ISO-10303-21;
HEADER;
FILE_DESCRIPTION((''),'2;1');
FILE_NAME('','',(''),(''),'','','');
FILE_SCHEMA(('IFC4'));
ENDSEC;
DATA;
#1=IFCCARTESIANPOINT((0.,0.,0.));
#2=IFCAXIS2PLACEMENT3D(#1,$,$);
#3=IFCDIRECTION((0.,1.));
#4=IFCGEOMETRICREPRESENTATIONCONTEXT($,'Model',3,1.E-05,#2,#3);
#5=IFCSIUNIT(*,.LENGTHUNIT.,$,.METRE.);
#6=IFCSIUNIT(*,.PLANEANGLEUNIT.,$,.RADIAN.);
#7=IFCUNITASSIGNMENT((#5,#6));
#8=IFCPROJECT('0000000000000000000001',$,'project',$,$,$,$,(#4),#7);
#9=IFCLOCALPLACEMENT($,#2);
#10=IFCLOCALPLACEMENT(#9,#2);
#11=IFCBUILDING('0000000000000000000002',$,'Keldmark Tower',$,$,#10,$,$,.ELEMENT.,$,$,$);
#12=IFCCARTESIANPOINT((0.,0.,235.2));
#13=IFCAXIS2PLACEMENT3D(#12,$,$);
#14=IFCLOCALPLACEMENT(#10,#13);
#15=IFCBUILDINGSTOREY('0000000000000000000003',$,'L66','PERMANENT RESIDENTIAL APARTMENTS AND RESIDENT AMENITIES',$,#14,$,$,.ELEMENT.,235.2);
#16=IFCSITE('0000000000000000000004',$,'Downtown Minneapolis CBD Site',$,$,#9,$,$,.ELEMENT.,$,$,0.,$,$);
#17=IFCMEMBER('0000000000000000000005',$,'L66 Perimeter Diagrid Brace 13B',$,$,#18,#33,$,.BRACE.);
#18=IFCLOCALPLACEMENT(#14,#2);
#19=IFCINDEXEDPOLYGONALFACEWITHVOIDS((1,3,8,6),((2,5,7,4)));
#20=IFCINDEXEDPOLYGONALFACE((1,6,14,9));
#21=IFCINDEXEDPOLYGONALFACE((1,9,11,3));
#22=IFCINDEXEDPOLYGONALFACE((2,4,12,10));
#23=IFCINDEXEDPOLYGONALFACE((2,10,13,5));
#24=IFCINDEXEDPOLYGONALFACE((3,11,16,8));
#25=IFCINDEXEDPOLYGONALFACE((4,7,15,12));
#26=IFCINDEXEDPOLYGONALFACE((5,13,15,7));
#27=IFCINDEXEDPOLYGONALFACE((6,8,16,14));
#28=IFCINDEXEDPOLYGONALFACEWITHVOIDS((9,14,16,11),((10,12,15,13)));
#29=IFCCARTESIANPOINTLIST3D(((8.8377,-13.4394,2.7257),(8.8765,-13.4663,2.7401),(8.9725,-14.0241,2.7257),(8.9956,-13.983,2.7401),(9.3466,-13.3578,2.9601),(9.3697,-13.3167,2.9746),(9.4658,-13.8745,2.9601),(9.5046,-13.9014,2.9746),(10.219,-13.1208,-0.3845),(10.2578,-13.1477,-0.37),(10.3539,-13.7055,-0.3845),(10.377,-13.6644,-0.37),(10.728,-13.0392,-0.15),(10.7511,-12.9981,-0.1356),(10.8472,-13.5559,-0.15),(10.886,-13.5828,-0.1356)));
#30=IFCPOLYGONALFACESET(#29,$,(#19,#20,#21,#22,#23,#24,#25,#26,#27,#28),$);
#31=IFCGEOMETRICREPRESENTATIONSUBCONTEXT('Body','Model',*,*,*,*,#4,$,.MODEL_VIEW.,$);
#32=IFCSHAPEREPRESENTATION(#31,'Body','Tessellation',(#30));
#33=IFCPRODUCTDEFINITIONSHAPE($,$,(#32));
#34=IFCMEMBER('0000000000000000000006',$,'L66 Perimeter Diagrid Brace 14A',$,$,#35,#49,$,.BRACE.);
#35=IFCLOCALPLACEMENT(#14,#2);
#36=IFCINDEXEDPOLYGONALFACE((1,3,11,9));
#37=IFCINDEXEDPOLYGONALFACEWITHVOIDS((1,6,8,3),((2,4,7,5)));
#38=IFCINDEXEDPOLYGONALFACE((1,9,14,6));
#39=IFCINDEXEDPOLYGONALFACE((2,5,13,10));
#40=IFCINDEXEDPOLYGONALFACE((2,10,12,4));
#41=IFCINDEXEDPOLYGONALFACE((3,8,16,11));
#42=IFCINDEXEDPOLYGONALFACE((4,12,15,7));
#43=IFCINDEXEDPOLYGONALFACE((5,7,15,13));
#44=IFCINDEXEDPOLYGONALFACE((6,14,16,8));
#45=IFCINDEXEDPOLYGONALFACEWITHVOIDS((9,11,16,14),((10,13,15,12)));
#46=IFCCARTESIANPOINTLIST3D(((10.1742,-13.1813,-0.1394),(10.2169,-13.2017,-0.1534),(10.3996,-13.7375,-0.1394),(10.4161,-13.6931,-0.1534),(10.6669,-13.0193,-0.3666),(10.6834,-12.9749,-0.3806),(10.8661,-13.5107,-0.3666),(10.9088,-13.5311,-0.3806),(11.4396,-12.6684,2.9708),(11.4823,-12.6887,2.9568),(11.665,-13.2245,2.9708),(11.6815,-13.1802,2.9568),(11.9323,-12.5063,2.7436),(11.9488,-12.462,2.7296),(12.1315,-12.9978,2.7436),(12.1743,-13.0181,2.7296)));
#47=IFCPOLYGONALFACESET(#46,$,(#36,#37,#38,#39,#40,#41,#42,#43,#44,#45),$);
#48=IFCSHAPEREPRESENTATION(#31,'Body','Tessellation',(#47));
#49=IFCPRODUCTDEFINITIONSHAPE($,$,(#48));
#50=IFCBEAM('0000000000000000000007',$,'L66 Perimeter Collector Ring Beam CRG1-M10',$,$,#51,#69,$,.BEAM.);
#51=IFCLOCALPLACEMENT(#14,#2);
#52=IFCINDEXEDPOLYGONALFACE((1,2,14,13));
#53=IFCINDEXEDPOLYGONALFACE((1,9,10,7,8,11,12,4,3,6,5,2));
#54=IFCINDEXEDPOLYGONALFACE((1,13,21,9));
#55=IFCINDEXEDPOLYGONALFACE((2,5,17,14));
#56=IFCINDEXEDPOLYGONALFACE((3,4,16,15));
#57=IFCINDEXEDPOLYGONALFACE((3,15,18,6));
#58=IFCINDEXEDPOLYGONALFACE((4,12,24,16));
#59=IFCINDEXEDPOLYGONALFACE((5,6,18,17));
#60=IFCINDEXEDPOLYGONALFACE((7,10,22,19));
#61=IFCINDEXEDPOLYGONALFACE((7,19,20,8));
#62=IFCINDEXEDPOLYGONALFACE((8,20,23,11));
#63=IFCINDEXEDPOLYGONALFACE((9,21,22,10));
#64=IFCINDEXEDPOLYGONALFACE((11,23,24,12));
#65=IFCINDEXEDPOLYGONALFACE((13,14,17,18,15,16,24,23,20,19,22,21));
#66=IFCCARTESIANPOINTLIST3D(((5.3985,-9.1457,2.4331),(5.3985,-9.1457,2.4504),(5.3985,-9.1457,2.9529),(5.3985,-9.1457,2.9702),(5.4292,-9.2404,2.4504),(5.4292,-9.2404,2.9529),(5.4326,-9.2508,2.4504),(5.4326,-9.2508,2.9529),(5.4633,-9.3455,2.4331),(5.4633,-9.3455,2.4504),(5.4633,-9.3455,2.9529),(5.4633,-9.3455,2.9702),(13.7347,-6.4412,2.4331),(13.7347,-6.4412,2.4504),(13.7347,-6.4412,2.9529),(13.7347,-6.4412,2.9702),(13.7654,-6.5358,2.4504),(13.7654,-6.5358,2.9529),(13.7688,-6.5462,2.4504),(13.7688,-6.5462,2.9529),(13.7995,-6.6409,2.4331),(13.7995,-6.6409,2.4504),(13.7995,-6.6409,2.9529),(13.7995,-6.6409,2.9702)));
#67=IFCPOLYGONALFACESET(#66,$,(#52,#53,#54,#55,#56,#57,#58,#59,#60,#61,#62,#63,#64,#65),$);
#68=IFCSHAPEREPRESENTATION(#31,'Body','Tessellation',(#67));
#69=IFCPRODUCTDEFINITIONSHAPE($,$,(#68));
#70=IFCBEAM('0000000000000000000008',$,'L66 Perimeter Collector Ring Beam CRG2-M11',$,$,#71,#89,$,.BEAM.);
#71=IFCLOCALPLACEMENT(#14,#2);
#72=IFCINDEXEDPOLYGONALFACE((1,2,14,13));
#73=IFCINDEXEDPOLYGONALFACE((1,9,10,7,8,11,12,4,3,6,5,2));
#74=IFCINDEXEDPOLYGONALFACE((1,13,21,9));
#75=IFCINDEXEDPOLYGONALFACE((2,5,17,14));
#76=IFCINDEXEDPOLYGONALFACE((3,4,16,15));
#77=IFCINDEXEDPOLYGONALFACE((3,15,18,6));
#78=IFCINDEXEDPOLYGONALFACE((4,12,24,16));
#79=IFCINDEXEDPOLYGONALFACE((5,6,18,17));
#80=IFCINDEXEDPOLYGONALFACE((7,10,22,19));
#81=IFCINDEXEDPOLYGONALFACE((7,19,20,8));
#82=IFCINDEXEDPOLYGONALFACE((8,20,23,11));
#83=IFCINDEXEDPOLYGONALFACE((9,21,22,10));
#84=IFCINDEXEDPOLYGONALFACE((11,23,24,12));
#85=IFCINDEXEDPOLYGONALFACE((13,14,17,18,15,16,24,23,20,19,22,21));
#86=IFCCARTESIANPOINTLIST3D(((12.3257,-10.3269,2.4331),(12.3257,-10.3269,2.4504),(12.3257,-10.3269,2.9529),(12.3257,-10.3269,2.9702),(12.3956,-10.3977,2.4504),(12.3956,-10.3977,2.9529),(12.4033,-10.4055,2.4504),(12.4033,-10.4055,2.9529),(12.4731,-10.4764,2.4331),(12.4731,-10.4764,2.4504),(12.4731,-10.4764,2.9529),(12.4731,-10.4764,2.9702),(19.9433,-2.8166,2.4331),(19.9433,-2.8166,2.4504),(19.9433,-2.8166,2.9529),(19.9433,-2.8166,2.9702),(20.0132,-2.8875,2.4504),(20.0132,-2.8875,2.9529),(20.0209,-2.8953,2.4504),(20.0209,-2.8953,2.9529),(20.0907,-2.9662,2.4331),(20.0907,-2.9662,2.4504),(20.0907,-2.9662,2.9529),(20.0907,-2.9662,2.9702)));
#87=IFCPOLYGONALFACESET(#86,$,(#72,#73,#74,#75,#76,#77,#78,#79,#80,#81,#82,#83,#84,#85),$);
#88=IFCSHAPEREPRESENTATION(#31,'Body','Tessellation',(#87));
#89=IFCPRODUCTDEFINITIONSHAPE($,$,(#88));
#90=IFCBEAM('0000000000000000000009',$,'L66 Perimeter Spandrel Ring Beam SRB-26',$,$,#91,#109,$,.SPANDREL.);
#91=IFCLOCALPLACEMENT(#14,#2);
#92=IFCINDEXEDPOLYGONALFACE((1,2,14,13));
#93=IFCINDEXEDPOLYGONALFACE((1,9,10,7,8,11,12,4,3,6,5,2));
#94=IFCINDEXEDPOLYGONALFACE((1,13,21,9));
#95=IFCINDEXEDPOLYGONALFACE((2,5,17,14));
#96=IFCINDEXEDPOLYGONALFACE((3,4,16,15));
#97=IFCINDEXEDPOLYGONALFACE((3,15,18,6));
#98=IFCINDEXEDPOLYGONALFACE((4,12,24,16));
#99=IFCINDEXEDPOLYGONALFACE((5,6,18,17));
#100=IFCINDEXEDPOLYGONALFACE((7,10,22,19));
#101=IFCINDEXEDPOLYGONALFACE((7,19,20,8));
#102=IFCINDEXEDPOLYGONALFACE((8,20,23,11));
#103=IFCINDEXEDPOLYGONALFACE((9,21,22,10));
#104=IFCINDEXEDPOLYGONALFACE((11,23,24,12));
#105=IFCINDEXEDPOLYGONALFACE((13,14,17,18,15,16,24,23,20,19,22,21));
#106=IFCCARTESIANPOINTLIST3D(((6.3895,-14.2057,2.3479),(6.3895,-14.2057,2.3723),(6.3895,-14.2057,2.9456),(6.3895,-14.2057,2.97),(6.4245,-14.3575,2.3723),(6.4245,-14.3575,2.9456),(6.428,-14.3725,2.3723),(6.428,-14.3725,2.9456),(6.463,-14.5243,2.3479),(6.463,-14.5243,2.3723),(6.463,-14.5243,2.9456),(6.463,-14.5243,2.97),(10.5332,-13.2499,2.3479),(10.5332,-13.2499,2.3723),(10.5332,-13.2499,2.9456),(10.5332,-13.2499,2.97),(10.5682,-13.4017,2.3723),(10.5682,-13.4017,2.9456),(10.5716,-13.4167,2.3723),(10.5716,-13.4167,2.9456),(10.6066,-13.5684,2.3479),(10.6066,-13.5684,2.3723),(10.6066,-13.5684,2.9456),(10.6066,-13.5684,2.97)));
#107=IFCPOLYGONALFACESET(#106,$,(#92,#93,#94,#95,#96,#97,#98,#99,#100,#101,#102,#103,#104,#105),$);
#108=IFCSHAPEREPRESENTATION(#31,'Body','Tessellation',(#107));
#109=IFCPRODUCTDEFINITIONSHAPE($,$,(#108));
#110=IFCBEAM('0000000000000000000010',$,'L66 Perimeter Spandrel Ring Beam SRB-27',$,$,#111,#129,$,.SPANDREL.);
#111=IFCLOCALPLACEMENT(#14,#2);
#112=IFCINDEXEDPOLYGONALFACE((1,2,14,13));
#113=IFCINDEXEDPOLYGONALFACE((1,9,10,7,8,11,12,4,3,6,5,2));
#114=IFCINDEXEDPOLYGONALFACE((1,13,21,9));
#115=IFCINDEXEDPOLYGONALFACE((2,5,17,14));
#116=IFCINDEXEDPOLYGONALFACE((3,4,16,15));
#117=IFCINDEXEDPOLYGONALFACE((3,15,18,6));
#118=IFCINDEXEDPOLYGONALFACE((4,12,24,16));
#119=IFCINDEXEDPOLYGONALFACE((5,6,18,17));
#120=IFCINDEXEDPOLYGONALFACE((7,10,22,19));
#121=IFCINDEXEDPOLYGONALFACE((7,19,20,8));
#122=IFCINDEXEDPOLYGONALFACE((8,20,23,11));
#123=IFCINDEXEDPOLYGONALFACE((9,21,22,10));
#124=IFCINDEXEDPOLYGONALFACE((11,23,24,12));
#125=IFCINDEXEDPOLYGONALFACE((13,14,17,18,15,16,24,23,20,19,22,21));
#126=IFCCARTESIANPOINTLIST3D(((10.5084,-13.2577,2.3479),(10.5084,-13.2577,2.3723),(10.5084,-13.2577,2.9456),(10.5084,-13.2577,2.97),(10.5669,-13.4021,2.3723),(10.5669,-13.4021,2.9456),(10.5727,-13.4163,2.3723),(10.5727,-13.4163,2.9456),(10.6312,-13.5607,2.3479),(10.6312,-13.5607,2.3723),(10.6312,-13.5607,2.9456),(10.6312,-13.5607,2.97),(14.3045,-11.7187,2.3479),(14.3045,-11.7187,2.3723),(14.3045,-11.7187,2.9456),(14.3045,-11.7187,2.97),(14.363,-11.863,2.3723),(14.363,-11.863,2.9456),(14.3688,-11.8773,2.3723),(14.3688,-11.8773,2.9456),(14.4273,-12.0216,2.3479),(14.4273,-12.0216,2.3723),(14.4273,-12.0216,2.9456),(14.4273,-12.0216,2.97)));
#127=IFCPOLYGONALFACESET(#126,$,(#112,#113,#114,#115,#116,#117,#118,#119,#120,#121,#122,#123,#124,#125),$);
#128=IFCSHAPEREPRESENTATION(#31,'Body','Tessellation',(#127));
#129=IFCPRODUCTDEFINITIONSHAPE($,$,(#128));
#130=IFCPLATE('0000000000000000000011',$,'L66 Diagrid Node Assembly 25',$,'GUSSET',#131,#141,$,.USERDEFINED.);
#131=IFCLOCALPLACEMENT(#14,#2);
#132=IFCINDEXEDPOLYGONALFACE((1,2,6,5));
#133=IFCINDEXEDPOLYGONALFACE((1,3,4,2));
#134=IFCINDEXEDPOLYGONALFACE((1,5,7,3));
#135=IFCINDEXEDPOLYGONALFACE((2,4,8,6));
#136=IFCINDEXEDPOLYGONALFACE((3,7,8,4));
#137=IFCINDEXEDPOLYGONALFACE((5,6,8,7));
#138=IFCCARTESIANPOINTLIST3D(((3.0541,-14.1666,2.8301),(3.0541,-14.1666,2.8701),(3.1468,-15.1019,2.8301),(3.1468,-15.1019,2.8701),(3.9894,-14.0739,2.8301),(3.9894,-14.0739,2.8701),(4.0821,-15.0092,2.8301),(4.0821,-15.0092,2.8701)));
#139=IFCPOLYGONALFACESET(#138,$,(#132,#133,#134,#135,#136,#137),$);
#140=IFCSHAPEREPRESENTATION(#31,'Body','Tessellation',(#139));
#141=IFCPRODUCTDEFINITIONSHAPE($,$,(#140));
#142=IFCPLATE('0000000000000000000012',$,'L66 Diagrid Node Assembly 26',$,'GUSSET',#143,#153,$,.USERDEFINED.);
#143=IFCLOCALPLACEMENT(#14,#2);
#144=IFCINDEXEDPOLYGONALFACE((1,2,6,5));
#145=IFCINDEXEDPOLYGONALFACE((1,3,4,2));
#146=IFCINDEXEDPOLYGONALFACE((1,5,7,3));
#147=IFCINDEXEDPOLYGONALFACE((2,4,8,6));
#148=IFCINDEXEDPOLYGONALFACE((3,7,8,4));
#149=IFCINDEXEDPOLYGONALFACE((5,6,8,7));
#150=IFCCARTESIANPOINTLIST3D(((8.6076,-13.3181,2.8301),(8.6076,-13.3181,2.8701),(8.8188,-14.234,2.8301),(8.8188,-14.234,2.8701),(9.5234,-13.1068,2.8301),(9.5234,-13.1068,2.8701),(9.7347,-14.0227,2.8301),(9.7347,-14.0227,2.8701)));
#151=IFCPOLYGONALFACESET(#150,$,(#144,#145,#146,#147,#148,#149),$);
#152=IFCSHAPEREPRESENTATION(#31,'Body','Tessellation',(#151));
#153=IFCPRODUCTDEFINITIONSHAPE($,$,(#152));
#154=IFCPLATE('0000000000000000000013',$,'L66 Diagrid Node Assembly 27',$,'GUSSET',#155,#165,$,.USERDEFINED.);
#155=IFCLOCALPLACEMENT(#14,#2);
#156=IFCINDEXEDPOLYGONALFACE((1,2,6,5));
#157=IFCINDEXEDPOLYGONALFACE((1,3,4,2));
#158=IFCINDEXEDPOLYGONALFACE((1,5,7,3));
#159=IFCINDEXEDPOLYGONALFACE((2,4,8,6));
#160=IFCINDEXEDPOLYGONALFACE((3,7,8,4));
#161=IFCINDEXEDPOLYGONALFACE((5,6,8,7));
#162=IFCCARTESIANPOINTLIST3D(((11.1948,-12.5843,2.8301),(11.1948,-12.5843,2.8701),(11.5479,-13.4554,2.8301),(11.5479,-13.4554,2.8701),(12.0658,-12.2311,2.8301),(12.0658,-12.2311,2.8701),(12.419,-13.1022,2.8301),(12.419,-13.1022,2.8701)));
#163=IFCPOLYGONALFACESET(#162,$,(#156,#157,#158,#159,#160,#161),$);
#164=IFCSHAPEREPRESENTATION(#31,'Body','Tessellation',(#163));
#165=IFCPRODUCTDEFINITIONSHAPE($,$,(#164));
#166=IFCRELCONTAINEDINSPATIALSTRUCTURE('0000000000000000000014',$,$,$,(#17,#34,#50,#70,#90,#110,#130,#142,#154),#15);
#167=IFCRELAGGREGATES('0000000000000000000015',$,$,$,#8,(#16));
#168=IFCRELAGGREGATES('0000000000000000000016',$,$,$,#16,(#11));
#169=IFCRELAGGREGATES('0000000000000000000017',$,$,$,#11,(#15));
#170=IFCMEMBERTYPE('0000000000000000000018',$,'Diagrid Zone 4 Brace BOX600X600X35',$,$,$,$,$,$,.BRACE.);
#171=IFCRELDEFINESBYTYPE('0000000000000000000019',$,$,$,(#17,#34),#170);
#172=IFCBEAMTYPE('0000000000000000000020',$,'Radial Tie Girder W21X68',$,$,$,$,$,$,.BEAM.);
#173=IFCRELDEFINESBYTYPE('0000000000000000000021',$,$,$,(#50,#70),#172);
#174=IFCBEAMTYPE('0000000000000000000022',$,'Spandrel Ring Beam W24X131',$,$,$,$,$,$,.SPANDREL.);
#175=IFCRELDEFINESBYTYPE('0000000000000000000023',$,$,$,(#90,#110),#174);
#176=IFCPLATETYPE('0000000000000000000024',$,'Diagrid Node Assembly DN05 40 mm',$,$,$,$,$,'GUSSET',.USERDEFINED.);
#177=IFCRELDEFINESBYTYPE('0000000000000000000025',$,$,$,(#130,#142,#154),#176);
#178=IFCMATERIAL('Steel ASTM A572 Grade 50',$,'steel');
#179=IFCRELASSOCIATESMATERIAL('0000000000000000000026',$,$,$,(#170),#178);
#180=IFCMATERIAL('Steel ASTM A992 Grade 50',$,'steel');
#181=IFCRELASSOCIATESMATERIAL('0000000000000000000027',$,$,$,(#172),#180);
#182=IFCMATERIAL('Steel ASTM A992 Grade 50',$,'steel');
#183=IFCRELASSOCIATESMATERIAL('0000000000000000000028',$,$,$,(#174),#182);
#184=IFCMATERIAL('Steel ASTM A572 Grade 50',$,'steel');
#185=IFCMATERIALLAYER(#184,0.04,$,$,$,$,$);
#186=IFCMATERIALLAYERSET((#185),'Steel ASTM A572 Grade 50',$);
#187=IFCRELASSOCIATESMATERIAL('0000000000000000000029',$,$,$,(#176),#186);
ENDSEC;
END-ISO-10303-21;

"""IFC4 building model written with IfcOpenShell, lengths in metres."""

from ifc_helpers import new_model, si_unit, direction, frame, origin, origin_2d, place, context, subcontext, project, spatial, rectangle, hollow_rectangle, i_section, extrude, material, layer, layer_set, material_profile, profile_set, type_object, element, save


model = new_model("IFC4")

# Units and contexts
model_context = context("Model", 3, precision=1e-05, world=origin(), true_north=direction((0.0, 1.0)))
body_context = subcontext(model_context, "Body", "Model", "MODEL_VIEW")
ifc_project = project(units=[si_unit("LENGTHUNIT", "METRE"), si_unit("PLANEANGLEUNIT", "RADIAN")], contexts=[model_context])

# Site, building, storey
site_placement = place(None, origin())
site = spatial("IfcSite", under=ifc_project, at=site_placement, Name="Downtown Minneapolis CBD Site", CompositionType="ELEMENT", RefElevation=0.0)
building_placement = place(site_placement, origin())
building = spatial("IfcBuilding", under=site, at=building_placement, Name="Keldmark Tower", CompositionType="ELEMENT")
storey_placement = place(building_placement, frame((0.0, 0.0, 235.2)))
storey = spatial("IfcBuildingStorey", under=building, at=storey_placement, Name="L66", Description="PERMANENT RESIDENTIAL APARTMENTS AND RESIDENT AMENITIES", CompositionType="ELEMENT", Elevation=235.2)

# Members
ifc_material_1 = material(Name="Steel ASTM A572 Grade 50", Category="steel")
ifc_material_profile_1 = material_profile(ifc_material_1, hollow_rectangle(XDim=0.6001, YDim=0.6001, WallThickness=0.0349, at=origin_2d()), Name="BOX600X600X35")
ifc_profile_set_1 = profile_set([ifc_material_profile_1], Name="Steel ASTM A572 Grade 50")
member_type = type_object("IfcMemberType", Name="Diagrid Zone 4 Brace BOX600X600X35", PredefinedType="BRACE", material=ifc_profile_set_1)
member_1_placement = place(storey_placement, frame((10.5525, -13.3518, -0.26), z_axis=(-0.404145, -0.093215, 0.909933), x_axis=(0.224746, -0.974417, 0.0)))
element("IfcMember", 1, at=member_1_placement, inside=storey, type_object=member_type, Name="L66 Perimeter Diagrid Brace 13B", PredefinedType="BRACE", context=body_context, shape_type="SweptSolid", body=[
    extrude(hollow_rectangle(XDim=0.6001, YDim=0.6001, WallThickness=0.0349, at=origin_2d()), origin(), (0.0, 0.0, 1.0), 3.418),
])
member_2_placement = place(storey_placement, frame((10.5415, -13.3562, -0.26), z_axis=(0.372541, 0.151014, 0.915646), x_axis=(-0.375672, 0.926753, 0.0)))
element("IfcMember", 2, at=member_2_placement, inside=storey, type_object=member_type, Name="L66 Perimeter Diagrid Brace 14A", PredefinedType="BRACE", context=body_context, shape_type="SweptSolid", body=[
    extrude(hollow_rectangle(XDim=0.6001, YDim=0.6001, WallThickness=0.0349, at=origin_2d()), origin(), (0.0, 0.0, 1.0), 3.3967),
])

# Beams
ifc_material_2 = material(Name="Steel ASTM A992 Grade 50", Category="steel")
ifc_material_profile_2 = material_profile(ifc_material_2, i_section(OverallWidth=0.21, OverallDepth=0.5371, WebThickness=0.011, FlangeThickness=0.0173, at=origin_2d()), Name="W21X68")
ifc_profile_set_2 = profile_set([ifc_material_profile_2], Name="Steel ASTM A992 Grade 50")
beam_type_1 = type_object("IfcBeamType", Name="Radial Tie Girder W21X68", PredefinedType="BEAM", material=ifc_profile_set_2)
beam_1_placement = place(storey_placement, frame((5.4309, -9.2456, 2.7017), z_axis=(0.951191, 0.308604, 0.0), x_axis=(-0.308604, 0.951191, 0.0)))
element("IfcBeam", 3, at=beam_1_placement, inside=storey, type_object=beam_type_1, Name="L66 Perimeter Collector Ring Beam CRG1-M10", PredefinedType="BEAM", context=body_context, shape_type="SweptSolid", body=[
    extrude(i_section(OverallWidth=0.21, OverallDepth=0.5371, WebThickness=0.011, FlangeThickness=0.0173, at=origin_2d()), origin(), (0.0, 0.0, 1.0), 8.7639),
])
beam_2_placement = place(storey_placement, frame((12.3994, -10.4016, 2.7017), z_axis=(0.71211, 0.702068, 0.0), x_axis=(-0.702068, 0.71211, 0.0)))
element("IfcBeam", 4, at=beam_2_placement, inside=storey, type_object=beam_type_1, Name="L66 Perimeter Collector Ring Beam CRG2-M11", PredefinedType="BEAM", context=body_context, shape_type="SweptSolid", body=[
    extrude(i_section(OverallWidth=0.21, OverallDepth=0.5371, WebThickness=0.011, FlangeThickness=0.0173, at=origin_2d()), origin(), (0.0, 0.0, 1.0), 10.6973),
])
ifc_material_3 = material(Name="Steel ASTM A992 Grade 50", Category="steel")
ifc_material_profile_3 = material_profile(ifc_material_3, i_section(OverallWidth=0.3269, OverallDepth=0.6221, WebThickness=0.0154, FlangeThickness=0.0244, at=origin_2d()), Name="W24X131")
ifc_profile_set_3 = profile_set([ifc_material_profile_3], Name="Steel ASTM A992 Grade 50")
beam_type_2 = type_object("IfcBeamType", Name="Spandrel Ring Beam W24X131", PredefinedType="SPANDREL", material=ifc_profile_set_3)
beam_3_placement = place(storey_placement, frame((6.4263, -14.365, 2.6589), z_axis=(0.974412, 0.224771, 0.0), x_axis=(-0.224771, 0.974412, 0.0)))
element("IfcBeam", 5, at=beam_3_placement, inside=storey, type_object=beam_type_2, Name="L66 Perimeter Spandrel Ring Beam SRB-26", PredefinedType="SPANDREL", context=body_context, shape_type="SweptSolid", body=[
    extrude(i_section(OverallWidth=0.3269, OverallDepth=0.6221, WebThickness=0.0154, FlangeThickness=0.0244, at=origin_2d()), origin(), (0.0, 0.0, 1.0), 4.2524),
])
beam_4_placement = place(storey_placement, frame((10.5698, -13.4092, 2.6589), z_axis=(0.926732, 0.375723, 0.0), x_axis=(-0.375723, 0.926732, 0.0)))
element("IfcBeam", 6, at=beam_4_placement, inside=storey, type_object=beam_type_2, Name="L66 Perimeter Spandrel Ring Beam SRB-27", PredefinedType="SPANDREL", context=body_context, shape_type="SweptSolid", body=[
    extrude(i_section(OverallWidth=0.3269, OverallDepth=0.6221, WebThickness=0.0154, FlangeThickness=0.0244, at=origin_2d()), origin(), (0.0, 0.0, 1.0), 4.0962),
])

# Plates
ifc_material_4 = material(Name="Steel ASTM A572 Grade 50", Category="steel")
ifc_layer_1 = layer(ifc_material_4, 0.04)
ifc_layer_set_1 = layer_set([ifc_layer_1], Name="Steel ASTM A572 Grade 50")
plate_type = type_object("IfcPlateType", Name="Diagrid Node Assembly DN05 40 mm", ElementType="GUSSET", PredefinedType="USERDEFINED", material=ifc_layer_set_1)
for number, where, z_axis, x_axis, name in (
    (7, (3.5681, -14.5879, 2.8301), (0.0, 0.0, 1.0), (0.995125, 0.098625, 0.0), "L66 Diagrid Node Assembly 25"),
    (8, (9.1711, -13.6704, 2.8301), (0.0, 0.0, 1.0), (0.974409, 0.224781, 0.0), "L66 Diagrid Node Assembly 26"),
    (9, (11.8069, -12.8433, 2.8301), (0.0, 0.0, 1.0), (0.926725, 0.375739, 0.0), "L66 Diagrid Node Assembly 27"),
):
    element("IfcPlate", number, at=place(storey_placement, frame(where, z_axis=z_axis, x_axis=x_axis)), inside=storey, type_object=plate_type, Name=name, ObjectType="GUSSET", PredefinedType="USERDEFINED", context=body_context, shape_type="SweptSolid", body=[
        extrude(rectangle(XDim=0.9399, YDim=0.9399, at=origin_2d()), origin(), (0.0, 0.0, 1.0), 0.04),
    ])

save(model, "model.ifc")
